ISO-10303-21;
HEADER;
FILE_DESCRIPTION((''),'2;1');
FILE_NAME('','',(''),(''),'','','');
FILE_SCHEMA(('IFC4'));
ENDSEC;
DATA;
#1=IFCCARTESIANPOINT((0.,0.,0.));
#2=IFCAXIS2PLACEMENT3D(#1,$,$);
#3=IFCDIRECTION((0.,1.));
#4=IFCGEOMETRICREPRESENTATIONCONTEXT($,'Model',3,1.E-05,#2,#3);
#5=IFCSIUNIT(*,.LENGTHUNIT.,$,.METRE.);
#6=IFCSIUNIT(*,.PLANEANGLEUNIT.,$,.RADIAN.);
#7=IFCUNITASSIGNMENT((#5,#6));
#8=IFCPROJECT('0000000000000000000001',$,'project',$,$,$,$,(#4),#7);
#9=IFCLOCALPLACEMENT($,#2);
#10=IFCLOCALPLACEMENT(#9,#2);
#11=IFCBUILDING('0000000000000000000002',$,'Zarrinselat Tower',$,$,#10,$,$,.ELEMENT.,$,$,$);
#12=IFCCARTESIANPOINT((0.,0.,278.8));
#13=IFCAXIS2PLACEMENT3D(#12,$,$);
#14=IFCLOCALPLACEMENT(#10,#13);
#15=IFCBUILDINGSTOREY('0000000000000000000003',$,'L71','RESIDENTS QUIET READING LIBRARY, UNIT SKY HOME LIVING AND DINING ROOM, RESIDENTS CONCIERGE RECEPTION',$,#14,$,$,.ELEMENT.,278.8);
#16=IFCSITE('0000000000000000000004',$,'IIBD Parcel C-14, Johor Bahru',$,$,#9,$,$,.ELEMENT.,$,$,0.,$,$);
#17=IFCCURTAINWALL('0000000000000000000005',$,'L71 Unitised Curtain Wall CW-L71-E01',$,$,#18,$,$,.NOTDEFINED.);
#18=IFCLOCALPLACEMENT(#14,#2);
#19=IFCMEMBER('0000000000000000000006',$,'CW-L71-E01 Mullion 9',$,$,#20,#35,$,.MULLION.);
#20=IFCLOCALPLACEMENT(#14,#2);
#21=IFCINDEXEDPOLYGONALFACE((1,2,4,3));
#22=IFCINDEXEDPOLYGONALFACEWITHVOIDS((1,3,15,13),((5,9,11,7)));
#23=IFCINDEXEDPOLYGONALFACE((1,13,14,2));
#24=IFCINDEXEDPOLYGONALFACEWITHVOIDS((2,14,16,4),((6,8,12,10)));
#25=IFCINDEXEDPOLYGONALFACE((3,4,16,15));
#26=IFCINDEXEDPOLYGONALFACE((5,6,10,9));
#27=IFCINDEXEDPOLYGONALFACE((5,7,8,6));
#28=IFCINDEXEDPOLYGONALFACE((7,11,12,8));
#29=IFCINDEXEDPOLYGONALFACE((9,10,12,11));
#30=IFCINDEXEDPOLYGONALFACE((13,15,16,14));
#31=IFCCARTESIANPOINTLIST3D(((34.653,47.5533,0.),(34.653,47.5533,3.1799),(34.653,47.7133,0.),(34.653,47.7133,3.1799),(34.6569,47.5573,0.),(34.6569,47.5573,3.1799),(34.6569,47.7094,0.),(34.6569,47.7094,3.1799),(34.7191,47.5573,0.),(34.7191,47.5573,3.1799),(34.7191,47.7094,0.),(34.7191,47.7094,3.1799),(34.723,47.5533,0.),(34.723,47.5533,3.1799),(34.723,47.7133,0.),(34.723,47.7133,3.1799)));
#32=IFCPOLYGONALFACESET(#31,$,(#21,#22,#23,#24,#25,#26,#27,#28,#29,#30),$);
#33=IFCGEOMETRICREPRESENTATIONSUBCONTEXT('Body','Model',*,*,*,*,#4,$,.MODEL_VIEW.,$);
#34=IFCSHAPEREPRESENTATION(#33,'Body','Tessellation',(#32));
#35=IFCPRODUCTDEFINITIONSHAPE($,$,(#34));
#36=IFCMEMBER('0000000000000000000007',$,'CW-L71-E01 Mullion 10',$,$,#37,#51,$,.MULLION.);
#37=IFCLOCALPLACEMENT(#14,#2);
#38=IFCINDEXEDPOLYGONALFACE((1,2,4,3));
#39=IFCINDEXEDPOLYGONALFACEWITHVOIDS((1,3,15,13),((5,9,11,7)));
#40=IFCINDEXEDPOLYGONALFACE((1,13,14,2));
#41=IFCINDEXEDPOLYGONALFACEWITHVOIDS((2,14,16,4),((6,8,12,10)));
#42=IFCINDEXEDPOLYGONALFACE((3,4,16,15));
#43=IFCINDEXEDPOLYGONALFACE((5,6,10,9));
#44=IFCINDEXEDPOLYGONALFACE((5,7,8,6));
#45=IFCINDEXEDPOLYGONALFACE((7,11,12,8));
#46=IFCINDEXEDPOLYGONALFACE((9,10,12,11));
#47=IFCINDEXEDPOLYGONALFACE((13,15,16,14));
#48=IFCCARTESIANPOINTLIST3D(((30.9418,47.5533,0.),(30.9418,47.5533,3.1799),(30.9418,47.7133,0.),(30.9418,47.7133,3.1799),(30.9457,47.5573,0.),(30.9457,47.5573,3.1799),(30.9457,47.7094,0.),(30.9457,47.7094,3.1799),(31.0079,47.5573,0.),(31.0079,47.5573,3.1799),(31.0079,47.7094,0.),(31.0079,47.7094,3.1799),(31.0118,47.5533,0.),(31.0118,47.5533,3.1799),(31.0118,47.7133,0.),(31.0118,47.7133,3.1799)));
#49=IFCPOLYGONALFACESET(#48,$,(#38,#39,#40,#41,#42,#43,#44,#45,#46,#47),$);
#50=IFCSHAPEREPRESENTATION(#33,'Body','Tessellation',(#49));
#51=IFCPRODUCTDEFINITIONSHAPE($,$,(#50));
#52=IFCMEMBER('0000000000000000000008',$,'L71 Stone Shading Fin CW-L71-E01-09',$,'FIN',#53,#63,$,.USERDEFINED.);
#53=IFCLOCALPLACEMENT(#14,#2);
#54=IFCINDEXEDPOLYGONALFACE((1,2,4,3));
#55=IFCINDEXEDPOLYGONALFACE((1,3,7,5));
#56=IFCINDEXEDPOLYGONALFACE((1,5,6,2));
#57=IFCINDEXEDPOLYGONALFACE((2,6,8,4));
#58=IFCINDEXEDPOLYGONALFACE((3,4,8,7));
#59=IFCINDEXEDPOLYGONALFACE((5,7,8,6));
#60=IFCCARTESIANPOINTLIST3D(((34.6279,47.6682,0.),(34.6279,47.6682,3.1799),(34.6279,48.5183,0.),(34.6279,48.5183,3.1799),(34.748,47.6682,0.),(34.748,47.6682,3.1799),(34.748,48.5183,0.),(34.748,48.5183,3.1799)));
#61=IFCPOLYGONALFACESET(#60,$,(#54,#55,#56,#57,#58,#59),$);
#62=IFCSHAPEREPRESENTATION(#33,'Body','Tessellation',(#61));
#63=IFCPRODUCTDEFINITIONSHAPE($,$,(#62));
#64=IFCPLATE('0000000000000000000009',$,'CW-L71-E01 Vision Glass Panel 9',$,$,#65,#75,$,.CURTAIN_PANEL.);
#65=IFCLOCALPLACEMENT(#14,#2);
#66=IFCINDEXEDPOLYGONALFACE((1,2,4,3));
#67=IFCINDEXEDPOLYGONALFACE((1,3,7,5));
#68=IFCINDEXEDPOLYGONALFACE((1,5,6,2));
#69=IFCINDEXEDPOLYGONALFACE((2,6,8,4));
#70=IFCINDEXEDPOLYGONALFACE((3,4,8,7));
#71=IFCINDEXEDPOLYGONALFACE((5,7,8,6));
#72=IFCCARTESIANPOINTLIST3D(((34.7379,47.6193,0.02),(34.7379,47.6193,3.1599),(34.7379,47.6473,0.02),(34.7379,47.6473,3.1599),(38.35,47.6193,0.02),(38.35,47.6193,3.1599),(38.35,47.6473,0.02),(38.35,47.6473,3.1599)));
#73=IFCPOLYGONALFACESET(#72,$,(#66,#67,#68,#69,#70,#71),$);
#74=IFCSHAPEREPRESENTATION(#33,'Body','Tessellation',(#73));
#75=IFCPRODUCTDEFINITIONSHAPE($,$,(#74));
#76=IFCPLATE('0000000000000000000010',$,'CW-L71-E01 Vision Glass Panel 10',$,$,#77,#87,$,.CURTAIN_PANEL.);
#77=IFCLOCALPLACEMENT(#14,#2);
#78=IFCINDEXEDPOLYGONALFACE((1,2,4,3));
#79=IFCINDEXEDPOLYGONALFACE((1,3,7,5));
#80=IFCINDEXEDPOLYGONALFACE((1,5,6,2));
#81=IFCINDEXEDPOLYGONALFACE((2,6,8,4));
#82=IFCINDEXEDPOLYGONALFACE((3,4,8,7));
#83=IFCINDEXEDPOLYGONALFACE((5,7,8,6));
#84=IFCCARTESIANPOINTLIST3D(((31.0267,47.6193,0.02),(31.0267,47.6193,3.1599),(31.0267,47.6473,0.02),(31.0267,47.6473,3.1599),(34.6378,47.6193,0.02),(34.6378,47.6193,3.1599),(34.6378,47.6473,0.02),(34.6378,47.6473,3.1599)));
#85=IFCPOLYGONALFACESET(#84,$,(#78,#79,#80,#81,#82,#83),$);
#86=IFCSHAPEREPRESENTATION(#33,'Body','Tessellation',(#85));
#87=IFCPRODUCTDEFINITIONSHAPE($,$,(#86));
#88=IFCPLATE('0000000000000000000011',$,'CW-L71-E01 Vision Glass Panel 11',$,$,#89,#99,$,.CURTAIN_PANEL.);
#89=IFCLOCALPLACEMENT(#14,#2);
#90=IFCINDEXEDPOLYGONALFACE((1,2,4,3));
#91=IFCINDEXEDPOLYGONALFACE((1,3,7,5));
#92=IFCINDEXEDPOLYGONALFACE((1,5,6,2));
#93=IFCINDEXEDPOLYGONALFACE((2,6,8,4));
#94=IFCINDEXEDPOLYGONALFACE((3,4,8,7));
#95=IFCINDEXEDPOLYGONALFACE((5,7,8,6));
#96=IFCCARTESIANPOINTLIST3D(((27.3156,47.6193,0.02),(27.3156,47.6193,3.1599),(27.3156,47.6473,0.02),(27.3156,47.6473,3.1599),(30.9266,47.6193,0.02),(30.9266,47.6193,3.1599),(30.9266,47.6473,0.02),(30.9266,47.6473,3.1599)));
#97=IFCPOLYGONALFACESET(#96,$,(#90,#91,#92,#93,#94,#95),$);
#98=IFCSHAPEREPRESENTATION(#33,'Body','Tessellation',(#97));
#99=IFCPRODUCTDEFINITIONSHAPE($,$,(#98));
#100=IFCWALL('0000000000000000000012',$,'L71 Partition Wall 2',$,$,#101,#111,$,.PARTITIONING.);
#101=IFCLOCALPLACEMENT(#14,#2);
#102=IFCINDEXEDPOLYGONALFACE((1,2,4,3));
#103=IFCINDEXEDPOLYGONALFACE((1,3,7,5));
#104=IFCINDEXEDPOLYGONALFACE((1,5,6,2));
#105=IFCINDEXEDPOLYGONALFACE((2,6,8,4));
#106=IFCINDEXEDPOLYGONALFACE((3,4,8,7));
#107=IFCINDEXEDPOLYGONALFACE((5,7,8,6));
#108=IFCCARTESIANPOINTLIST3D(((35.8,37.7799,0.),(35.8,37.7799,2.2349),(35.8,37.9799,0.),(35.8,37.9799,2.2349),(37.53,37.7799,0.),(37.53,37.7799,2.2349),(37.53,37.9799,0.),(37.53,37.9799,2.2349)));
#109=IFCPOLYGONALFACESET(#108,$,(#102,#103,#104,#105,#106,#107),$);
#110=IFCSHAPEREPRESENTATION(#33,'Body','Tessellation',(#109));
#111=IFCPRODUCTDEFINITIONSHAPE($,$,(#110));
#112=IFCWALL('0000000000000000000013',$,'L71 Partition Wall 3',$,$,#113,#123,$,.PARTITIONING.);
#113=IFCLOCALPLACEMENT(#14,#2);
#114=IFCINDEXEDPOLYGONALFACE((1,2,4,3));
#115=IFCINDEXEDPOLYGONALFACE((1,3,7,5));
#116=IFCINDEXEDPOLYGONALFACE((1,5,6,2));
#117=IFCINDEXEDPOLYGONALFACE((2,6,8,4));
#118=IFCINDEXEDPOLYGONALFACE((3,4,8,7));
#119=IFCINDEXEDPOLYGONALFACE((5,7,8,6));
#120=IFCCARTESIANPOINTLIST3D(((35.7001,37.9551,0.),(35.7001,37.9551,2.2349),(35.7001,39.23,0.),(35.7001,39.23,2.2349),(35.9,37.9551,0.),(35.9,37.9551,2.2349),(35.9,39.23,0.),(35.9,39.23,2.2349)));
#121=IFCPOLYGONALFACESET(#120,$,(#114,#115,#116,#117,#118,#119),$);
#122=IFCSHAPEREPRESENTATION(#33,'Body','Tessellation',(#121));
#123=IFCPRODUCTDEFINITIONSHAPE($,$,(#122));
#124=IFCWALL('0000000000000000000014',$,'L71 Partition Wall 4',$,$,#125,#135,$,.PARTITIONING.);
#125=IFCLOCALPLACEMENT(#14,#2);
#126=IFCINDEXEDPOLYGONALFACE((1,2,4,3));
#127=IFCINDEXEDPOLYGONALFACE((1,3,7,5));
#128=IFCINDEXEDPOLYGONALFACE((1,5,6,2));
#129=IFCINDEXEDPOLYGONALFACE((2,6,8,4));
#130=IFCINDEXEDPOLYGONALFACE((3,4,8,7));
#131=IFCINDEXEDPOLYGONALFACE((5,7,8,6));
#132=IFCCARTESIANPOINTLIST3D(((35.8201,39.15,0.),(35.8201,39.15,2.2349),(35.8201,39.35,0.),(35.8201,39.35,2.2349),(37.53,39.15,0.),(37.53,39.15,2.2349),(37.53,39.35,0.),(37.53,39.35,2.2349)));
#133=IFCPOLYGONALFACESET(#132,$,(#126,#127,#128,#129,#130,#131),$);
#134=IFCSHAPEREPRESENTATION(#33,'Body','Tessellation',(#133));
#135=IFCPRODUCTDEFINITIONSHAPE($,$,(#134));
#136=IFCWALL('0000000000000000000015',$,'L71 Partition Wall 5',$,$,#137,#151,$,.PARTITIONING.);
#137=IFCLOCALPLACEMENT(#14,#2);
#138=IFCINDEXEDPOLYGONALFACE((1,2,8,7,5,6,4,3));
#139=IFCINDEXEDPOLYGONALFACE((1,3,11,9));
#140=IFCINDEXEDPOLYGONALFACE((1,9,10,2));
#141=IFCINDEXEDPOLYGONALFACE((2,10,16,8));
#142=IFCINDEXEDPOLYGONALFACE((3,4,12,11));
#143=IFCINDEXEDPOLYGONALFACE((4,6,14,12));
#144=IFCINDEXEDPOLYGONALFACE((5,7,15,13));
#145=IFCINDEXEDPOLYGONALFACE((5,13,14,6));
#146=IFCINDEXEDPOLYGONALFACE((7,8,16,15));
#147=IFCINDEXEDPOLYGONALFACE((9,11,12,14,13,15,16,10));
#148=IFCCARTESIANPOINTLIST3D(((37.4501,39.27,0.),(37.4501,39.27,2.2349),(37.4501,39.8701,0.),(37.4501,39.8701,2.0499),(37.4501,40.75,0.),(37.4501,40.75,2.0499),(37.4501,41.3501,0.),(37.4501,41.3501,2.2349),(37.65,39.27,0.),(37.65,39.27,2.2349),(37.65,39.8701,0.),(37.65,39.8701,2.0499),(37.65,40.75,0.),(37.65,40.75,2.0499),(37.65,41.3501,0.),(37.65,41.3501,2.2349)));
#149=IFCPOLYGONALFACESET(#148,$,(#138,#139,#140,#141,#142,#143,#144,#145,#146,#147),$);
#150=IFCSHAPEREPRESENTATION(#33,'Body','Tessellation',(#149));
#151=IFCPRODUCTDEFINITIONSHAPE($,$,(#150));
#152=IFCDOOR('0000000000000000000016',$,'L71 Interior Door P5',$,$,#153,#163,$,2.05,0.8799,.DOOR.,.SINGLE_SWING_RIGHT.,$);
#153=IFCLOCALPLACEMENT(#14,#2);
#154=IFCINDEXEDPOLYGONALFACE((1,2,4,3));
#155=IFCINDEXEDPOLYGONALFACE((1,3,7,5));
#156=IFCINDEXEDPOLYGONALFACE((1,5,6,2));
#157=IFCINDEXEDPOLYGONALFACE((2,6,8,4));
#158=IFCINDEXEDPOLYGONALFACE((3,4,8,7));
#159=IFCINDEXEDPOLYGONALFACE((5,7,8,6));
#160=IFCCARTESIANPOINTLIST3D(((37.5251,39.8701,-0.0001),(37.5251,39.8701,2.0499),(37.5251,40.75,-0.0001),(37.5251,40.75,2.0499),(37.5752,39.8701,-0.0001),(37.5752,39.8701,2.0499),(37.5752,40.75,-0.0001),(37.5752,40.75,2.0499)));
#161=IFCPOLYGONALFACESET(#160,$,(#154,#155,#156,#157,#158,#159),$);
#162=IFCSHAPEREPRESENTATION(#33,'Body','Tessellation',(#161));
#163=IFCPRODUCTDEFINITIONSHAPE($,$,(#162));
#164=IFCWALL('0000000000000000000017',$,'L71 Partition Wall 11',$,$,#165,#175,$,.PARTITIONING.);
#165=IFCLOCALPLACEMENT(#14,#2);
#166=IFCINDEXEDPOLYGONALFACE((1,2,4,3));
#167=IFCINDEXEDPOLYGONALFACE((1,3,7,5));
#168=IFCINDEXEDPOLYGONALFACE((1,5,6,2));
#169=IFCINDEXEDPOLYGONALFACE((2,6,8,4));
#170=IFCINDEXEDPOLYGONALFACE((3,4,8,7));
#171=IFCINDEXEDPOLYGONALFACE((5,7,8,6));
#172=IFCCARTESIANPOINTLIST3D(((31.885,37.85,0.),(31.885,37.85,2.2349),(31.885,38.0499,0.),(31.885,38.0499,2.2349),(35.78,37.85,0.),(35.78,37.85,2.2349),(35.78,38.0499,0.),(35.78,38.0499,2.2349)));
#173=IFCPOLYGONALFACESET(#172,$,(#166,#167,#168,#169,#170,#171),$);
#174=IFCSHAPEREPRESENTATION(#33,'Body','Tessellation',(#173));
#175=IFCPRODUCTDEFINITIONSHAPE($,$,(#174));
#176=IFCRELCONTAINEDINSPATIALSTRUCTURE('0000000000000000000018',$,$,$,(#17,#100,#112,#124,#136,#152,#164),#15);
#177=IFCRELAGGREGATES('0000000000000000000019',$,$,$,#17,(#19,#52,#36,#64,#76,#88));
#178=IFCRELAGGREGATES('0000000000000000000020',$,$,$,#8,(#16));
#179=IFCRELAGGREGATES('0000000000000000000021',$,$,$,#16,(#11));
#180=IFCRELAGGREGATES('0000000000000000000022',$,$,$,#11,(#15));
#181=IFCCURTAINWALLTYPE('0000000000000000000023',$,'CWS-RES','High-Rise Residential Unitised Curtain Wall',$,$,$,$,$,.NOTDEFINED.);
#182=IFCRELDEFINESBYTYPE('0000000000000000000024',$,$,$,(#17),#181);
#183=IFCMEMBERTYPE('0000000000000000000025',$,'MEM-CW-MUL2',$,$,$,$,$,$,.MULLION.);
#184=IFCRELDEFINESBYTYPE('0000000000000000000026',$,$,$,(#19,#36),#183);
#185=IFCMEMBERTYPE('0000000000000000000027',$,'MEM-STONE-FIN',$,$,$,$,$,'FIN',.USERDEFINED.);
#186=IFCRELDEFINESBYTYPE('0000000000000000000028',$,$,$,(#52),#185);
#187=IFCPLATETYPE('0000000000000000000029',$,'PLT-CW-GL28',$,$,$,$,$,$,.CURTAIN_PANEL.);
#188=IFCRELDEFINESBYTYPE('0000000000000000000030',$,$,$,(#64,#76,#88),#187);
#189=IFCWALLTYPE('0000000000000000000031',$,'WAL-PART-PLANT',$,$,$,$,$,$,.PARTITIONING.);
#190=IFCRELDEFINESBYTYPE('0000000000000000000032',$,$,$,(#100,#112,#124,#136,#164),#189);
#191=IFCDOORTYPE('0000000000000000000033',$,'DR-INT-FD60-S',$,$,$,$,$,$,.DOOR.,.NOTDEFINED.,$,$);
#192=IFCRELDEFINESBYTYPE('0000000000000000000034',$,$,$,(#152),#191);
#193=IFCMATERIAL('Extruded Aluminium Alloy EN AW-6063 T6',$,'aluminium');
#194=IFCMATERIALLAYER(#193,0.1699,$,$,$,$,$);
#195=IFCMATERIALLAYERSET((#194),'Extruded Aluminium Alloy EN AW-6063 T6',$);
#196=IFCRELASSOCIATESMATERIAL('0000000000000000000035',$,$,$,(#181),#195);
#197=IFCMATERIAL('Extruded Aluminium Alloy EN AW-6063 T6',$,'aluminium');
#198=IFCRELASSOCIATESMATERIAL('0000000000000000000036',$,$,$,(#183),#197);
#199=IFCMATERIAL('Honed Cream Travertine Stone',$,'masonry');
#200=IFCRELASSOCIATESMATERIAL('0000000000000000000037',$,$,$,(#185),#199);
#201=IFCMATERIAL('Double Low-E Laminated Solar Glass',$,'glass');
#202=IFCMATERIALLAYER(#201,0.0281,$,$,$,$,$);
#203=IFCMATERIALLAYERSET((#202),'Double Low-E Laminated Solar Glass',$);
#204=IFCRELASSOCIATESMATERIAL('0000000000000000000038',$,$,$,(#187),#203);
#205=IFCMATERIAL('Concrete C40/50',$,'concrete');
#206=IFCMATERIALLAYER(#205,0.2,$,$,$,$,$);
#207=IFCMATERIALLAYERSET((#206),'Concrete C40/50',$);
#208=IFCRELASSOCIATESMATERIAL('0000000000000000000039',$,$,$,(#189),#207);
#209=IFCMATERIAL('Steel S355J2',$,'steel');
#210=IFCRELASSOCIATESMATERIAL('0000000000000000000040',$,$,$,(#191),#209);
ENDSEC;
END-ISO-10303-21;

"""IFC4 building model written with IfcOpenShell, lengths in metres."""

from ifc_helpers import new_model, si_unit, direction, frame, frame_2d, origin, origin_2d, place, context, subcontext, project, spatial, rectangle, hollow_rectangle, extrude, material, layer, layer_set, material_profile, profile_set, type_object, element, fill, aggregate, save


model = new_model("IFC4")

# Units and contexts
model_context = context("Model", 3, precision=1e-05, world=origin(), true_north=direction((0.0, 1.0)))
body_context = subcontext(model_context, "Body", "Model", "MODEL_VIEW")
ifc_project = project(units=[si_unit("LENGTHUNIT", "METRE"), si_unit("PLANEANGLEUNIT", "RADIAN")], contexts=[model_context])

# Site, building, storey
site_placement = place(None, origin())
site = spatial("IfcSite", under=ifc_project, at=site_placement, Name="IIBD Parcel C-14, Johor Bahru", CompositionType="ELEMENT", RefElevation=0.0)
building_placement = place(site_placement, origin())
building = spatial("IfcBuilding", under=site, at=building_placement, Name="Zarrinselat Tower", CompositionType="ELEMENT")
storey_placement = place(building_placement, frame((0.0, 0.0, 278.8)))
storey = spatial("IfcBuildingStorey", under=building, at=storey_placement, Name="L71", Description="RESIDENTS QUIET READING LIBRARY, UNIT SKY HOME LIVING AND DINING ROOM, RESIDENTS CONCIERGE RECEPTION", CompositionType="ELEMENT", Elevation=278.8)

# Curtain wall, members, plates
ifc_material_1 = material(Name="Extruded Aluminium Alloy EN AW-6063 T6", Category="aluminium")
ifc_layer_1 = layer(ifc_material_1, 0.1699)
ifc_layer_set_1 = layer_set([ifc_layer_1], Name="Extruded Aluminium Alloy EN AW-6063 T6")
curtain_wall_type = type_object("IfcCurtainWallType", Name="CWS-RES", Description="High-Rise Residential Unitised Curtain Wall", PredefinedType="NOTDEFINED", material=ifc_layer_set_1)
curtain_wall_placement = place(storey_placement, origin())
curtain_wall = element("IfcCurtainWall", 1, at=curtain_wall_placement, inside=storey, type_object=curtain_wall_type, Name="L71 Unitised Curtain Wall CW-L71-E01", PredefinedType="NOTDEFINED")
ifc_material_2 = material(Name="Extruded Aluminium Alloy EN AW-6063 T6", Category="aluminium")
ifc_material_profile_1 = material_profile(ifc_material_2, hollow_rectangle(XDim=0.0701, YDim=0.1599, WallThickness=0.0039, at=origin_2d()), Name="RHS 160x70x4")
ifc_profile_set_1 = profile_set([ifc_material_profile_1], Name="Extruded Aluminium Alloy EN AW-6063 T6")
member_type_1 = type_object("IfcMemberType", Name="MEM-CW-MUL2", PredefinedType="MULLION", material=ifc_profile_set_1)
member_1_placement = place(storey_placement, frame((34.688, 47.6333, 0.0), z_axis=(0.0, 0.0, 1.0), x_axis=(-1.0, 0.0, 0.0)))
member_1 = element("IfcMember", 2, at=member_1_placement, type_object=member_type_1, Name="CW-L71-E01 Mullion 9", PredefinedType="MULLION", context=body_context, shape_type="SweptSolid", body=[
    extrude(hollow_rectangle(XDim=0.0701, YDim=0.1599, WallThickness=0.0039, at=origin_2d()), origin(), (0.0, 0.0, 1.0), 3.1799),
])
member_2_placement = place(storey_placement, frame((30.9768, 47.6333, 0.0), z_axis=(0.0, 0.0, 1.0), x_axis=(-1.0, 0.0, 0.0)))
member_2 = element("IfcMember", 3, at=member_2_placement, type_object=member_type_1, Name="CW-L71-E01 Mullion 10", PredefinedType="MULLION", context=body_context, shape_type="SweptSolid", body=[
    extrude(hollow_rectangle(XDim=0.0701, YDim=0.1599, WallThickness=0.0039, at=origin_2d()), origin(), (0.0, 0.0, 1.0), 3.1799),
])
ifc_material_3 = material(Name="Honed Cream Travertine Stone", Category="masonry")
ifc_material_profile_2 = material_profile(ifc_material_3, rectangle(XDim=0.1201, YDim=0.8501, at=origin_2d()), Name="FIN 850x120")
ifc_profile_set_2 = profile_set([ifc_material_profile_2], Name="Honed Cream Travertine Stone")
member_type_2 = type_object("IfcMemberType", Name="MEM-STONE-FIN", ElementType="FIN", PredefinedType="USERDEFINED", material=ifc_profile_set_2)
member_3_placement = place(storey_placement, frame((34.688, 48.0933, 0.0), z_axis=(0.0, 0.0, 1.0), x_axis=(1.0, 0.0, 0.0)))
member_3 = element("IfcMember", 4, at=member_3_placement, type_object=member_type_2, Name="L71 Stone Shading Fin CW-L71-E01-09", ObjectType="FIN", PredefinedType="USERDEFINED", context=body_context, shape_type="SweptSolid", body=[
    extrude(rectangle(XDim=0.1201, YDim=0.8501, at=origin_2d()), origin(), (0.0, 0.0, 1.0), 3.1799),
])
ifc_material_4 = material(Name="Double Low-E Laminated Solar Glass", Category="glass")
ifc_layer_2 = layer(ifc_material_4, 0.0281)
ifc_layer_set_2 = layer_set([ifc_layer_2], Name="Double Low-E Laminated Solar Glass")
plate_type = type_object("IfcPlateType", Name="PLT-CW-GL28", PredefinedType="CURTAIN_PANEL", material=ifc_layer_set_2)
plate_1_placement = place(storey_placement, frame((36.5439, 47.6333, 0.02), z_axis=(0.0, 0.0, 1.0), x_axis=(-1.0, 0.0, 0.0)))
plate_1 = element("IfcPlate", 5, at=plate_1_placement, type_object=plate_type, Name="CW-L71-E01 Vision Glass Panel 9", PredefinedType="CURTAIN_PANEL", context=body_context, shape_type="SweptSolid", body=[
    extrude(rectangle(XDim=3.6121, YDim=0.0281, at=origin_2d()), origin(), (0.0, 0.0, 1.0), 3.1399),
])
plate_2_placement = place(storey_placement, frame((32.8323, 47.6333, 0.02), z_axis=(0.0, 0.0, 1.0), x_axis=(-1.0, 0.0, 0.0)))
plate_2 = element("IfcPlate", 6, at=plate_2_placement, type_object=plate_type, Name="CW-L71-E01 Vision Glass Panel 10", PredefinedType="CURTAIN_PANEL", context=body_context, shape_type="SweptSolid", body=[
    extrude(rectangle(XDim=3.6111, YDim=0.0281, at=origin_2d()), origin(), (0.0, 0.0, 1.0), 3.1399),
])
plate_3_placement = place(storey_placement, frame((29.1211, 47.6333, 0.02), z_axis=(0.0, 0.0, 1.0), x_axis=(-1.0, 0.0, 0.0)))
plate_3 = element("IfcPlate", 7, at=plate_3_placement, type_object=plate_type, Name="CW-L71-E01 Vision Glass Panel 11", PredefinedType="CURTAIN_PANEL", context=body_context, shape_type="SweptSolid", body=[
    extrude(rectangle(XDim=3.6111, YDim=0.0281, at=origin_2d()), origin(), (0.0, 0.0, 1.0), 3.1399),
])
aggregate(curtain_wall, [member_1, member_3, member_2, plate_1, plate_2, plate_3])

# Walls
ifc_material_5 = material(Name="Concrete C40/50", Category="concrete")
ifc_layer_3 = layer(ifc_material_5, 0.2)
ifc_layer_set_3 = layer_set([ifc_layer_3], Name="Concrete C40/50")
wall_type_1 = type_object("IfcWallType", Name="WAL-PART-PLANT", PredefinedType="PARTITIONING", material=ifc_layer_set_3)
wall_1_placement = place(storey_placement, frame((35.8, 37.8799, 0.0), z_axis=(0.0, 0.0, 1.0), x_axis=(1.0, 0.0, 0.0)))
element("IfcWall", 8, at=wall_1_placement, inside=storey, type_object=wall_type_1, Name="L71 Partition Wall 2", PredefinedType="PARTITIONING", context=body_context, shape_type="SweptSolid", body=[
    extrude(rectangle(XDim=1.73, YDim=0.2, at=frame_2d((0.865, 0.0))), origin(), (0.0, 0.0, 1.0), 2.2349),
])
wall_2_placement = place(storey_placement, frame((35.8, 37.9551, 0.0), z_axis=(0.0, 0.0, 1.0), x_axis=(0.0, 1.0, 0.0)))
element("IfcWall", 9, at=wall_2_placement, inside=storey, type_object=wall_type_1, Name="L71 Partition Wall 3", PredefinedType="PARTITIONING", context=body_context, shape_type="SweptSolid", body=[
    extrude(rectangle(XDim=1.2749, YDim=0.2, at=frame_2d((0.6375, 0.0))), origin(), (0.0, 0.0, 1.0), 2.2349),
])
wall_3_placement = place(storey_placement, frame((35.8201, 39.25, 0.0), z_axis=(0.0, 0.0, 1.0), x_axis=(1.0, 0.0, 0.0)))
element("IfcWall", 10, at=wall_3_placement, inside=storey, type_object=wall_type_1, Name="L71 Partition Wall 4", PredefinedType="PARTITIONING", context=body_context, shape_type="SweptSolid", body=[
    extrude(rectangle(XDim=1.71, YDim=0.2, at=frame_2d((0.855, 0.0))), origin(), (0.0, 0.0, 1.0), 2.2349),
])

# Wall, opening, door
wall_4_placement = place(storey_placement, frame((37.55, 39.27, 0.0), z_axis=(0.0, 0.0, 1.0), x_axis=(0.0, 1.0, 0.0)))
wall_4 = element("IfcWall", 11, at=wall_4_placement, inside=storey, type_object=wall_type_1, Name="L71 Partition Wall 5", PredefinedType="PARTITIONING", context=body_context, shape_type="SweptSolid", body=[
    extrude(rectangle(XDim=2.0801, YDim=0.2, at=frame_2d((1.04, 0.0))), origin(), (0.0, 0.0, 1.0), 2.2349),
])
opening_1_placement = place(wall_4_placement, frame((0.6001, 0.0, 0.0)))
opening_1 = element("IfcOpeningElement", 12, at=opening_1_placement, cuts=wall_4, PredefinedType="OPENING", context=body_context, shape_type="SweptSolid", body=[
    extrude(rectangle(XDim=0.8799, YDim=2.05, at=frame_2d((0.4399, 1.0249))), frame((0.0, 0.1099, 0.0), z_axis=(0.0, -1.0, 0.0), x_axis=(1.0, 0.0, 0.0)), (0.0, 0.0, 1.0), 0.22),
])
ifc_material_6 = material(Name="Steel S355J2", Category="steel")
door_type_1 = type_object("IfcDoorType", Name="DR-INT-FD60-S", OperationType="NOTDEFINED", PredefinedType="DOOR", material=ifc_material_6)
door_1_placement = place(opening_1_placement, origin())
door_1 = element("IfcDoor", 13, at=door_1_placement, inside=storey, type_object=door_type_1, Name="L71 Interior Door P5", OperationType="SINGLE_SWING_RIGHT", OverallHeight=2.05, OverallWidth=0.8799, PredefinedType="DOOR", context=body_context, shape_type="SweptSolid", body=[
    extrude(rectangle(XDim=0.8799, YDim=2.05, at=frame_2d((0.4399, 1.0249))), frame((0.0, 0.0249, 0.0), z_axis=(0.0, -1.0, 0.0), x_axis=(1.0, 0.0, 0.0)), (0.0, 0.0, 1.0), 0.05),
])
fill(opening_1, door_1)

# Wall
wall_5_placement = place(storey_placement, frame((31.885, 37.95, 0.0), z_axis=(0.0, 0.0, 1.0), x_axis=(1.0, 0.0, 0.0)))
element("IfcWall", 14, at=wall_5_placement, inside=storey, type_object=wall_type_1, Name="L71 Partition Wall 11", PredefinedType="PARTITIONING", context=body_context, shape_type="SweptSolid", body=[
    extrude(rectangle(XDim=3.895, YDim=0.2, at=frame_2d((1.9475, 0.0))), origin(), (0.0, 0.0, 1.0), 2.2349),
])

save(model, "model.ifc")
